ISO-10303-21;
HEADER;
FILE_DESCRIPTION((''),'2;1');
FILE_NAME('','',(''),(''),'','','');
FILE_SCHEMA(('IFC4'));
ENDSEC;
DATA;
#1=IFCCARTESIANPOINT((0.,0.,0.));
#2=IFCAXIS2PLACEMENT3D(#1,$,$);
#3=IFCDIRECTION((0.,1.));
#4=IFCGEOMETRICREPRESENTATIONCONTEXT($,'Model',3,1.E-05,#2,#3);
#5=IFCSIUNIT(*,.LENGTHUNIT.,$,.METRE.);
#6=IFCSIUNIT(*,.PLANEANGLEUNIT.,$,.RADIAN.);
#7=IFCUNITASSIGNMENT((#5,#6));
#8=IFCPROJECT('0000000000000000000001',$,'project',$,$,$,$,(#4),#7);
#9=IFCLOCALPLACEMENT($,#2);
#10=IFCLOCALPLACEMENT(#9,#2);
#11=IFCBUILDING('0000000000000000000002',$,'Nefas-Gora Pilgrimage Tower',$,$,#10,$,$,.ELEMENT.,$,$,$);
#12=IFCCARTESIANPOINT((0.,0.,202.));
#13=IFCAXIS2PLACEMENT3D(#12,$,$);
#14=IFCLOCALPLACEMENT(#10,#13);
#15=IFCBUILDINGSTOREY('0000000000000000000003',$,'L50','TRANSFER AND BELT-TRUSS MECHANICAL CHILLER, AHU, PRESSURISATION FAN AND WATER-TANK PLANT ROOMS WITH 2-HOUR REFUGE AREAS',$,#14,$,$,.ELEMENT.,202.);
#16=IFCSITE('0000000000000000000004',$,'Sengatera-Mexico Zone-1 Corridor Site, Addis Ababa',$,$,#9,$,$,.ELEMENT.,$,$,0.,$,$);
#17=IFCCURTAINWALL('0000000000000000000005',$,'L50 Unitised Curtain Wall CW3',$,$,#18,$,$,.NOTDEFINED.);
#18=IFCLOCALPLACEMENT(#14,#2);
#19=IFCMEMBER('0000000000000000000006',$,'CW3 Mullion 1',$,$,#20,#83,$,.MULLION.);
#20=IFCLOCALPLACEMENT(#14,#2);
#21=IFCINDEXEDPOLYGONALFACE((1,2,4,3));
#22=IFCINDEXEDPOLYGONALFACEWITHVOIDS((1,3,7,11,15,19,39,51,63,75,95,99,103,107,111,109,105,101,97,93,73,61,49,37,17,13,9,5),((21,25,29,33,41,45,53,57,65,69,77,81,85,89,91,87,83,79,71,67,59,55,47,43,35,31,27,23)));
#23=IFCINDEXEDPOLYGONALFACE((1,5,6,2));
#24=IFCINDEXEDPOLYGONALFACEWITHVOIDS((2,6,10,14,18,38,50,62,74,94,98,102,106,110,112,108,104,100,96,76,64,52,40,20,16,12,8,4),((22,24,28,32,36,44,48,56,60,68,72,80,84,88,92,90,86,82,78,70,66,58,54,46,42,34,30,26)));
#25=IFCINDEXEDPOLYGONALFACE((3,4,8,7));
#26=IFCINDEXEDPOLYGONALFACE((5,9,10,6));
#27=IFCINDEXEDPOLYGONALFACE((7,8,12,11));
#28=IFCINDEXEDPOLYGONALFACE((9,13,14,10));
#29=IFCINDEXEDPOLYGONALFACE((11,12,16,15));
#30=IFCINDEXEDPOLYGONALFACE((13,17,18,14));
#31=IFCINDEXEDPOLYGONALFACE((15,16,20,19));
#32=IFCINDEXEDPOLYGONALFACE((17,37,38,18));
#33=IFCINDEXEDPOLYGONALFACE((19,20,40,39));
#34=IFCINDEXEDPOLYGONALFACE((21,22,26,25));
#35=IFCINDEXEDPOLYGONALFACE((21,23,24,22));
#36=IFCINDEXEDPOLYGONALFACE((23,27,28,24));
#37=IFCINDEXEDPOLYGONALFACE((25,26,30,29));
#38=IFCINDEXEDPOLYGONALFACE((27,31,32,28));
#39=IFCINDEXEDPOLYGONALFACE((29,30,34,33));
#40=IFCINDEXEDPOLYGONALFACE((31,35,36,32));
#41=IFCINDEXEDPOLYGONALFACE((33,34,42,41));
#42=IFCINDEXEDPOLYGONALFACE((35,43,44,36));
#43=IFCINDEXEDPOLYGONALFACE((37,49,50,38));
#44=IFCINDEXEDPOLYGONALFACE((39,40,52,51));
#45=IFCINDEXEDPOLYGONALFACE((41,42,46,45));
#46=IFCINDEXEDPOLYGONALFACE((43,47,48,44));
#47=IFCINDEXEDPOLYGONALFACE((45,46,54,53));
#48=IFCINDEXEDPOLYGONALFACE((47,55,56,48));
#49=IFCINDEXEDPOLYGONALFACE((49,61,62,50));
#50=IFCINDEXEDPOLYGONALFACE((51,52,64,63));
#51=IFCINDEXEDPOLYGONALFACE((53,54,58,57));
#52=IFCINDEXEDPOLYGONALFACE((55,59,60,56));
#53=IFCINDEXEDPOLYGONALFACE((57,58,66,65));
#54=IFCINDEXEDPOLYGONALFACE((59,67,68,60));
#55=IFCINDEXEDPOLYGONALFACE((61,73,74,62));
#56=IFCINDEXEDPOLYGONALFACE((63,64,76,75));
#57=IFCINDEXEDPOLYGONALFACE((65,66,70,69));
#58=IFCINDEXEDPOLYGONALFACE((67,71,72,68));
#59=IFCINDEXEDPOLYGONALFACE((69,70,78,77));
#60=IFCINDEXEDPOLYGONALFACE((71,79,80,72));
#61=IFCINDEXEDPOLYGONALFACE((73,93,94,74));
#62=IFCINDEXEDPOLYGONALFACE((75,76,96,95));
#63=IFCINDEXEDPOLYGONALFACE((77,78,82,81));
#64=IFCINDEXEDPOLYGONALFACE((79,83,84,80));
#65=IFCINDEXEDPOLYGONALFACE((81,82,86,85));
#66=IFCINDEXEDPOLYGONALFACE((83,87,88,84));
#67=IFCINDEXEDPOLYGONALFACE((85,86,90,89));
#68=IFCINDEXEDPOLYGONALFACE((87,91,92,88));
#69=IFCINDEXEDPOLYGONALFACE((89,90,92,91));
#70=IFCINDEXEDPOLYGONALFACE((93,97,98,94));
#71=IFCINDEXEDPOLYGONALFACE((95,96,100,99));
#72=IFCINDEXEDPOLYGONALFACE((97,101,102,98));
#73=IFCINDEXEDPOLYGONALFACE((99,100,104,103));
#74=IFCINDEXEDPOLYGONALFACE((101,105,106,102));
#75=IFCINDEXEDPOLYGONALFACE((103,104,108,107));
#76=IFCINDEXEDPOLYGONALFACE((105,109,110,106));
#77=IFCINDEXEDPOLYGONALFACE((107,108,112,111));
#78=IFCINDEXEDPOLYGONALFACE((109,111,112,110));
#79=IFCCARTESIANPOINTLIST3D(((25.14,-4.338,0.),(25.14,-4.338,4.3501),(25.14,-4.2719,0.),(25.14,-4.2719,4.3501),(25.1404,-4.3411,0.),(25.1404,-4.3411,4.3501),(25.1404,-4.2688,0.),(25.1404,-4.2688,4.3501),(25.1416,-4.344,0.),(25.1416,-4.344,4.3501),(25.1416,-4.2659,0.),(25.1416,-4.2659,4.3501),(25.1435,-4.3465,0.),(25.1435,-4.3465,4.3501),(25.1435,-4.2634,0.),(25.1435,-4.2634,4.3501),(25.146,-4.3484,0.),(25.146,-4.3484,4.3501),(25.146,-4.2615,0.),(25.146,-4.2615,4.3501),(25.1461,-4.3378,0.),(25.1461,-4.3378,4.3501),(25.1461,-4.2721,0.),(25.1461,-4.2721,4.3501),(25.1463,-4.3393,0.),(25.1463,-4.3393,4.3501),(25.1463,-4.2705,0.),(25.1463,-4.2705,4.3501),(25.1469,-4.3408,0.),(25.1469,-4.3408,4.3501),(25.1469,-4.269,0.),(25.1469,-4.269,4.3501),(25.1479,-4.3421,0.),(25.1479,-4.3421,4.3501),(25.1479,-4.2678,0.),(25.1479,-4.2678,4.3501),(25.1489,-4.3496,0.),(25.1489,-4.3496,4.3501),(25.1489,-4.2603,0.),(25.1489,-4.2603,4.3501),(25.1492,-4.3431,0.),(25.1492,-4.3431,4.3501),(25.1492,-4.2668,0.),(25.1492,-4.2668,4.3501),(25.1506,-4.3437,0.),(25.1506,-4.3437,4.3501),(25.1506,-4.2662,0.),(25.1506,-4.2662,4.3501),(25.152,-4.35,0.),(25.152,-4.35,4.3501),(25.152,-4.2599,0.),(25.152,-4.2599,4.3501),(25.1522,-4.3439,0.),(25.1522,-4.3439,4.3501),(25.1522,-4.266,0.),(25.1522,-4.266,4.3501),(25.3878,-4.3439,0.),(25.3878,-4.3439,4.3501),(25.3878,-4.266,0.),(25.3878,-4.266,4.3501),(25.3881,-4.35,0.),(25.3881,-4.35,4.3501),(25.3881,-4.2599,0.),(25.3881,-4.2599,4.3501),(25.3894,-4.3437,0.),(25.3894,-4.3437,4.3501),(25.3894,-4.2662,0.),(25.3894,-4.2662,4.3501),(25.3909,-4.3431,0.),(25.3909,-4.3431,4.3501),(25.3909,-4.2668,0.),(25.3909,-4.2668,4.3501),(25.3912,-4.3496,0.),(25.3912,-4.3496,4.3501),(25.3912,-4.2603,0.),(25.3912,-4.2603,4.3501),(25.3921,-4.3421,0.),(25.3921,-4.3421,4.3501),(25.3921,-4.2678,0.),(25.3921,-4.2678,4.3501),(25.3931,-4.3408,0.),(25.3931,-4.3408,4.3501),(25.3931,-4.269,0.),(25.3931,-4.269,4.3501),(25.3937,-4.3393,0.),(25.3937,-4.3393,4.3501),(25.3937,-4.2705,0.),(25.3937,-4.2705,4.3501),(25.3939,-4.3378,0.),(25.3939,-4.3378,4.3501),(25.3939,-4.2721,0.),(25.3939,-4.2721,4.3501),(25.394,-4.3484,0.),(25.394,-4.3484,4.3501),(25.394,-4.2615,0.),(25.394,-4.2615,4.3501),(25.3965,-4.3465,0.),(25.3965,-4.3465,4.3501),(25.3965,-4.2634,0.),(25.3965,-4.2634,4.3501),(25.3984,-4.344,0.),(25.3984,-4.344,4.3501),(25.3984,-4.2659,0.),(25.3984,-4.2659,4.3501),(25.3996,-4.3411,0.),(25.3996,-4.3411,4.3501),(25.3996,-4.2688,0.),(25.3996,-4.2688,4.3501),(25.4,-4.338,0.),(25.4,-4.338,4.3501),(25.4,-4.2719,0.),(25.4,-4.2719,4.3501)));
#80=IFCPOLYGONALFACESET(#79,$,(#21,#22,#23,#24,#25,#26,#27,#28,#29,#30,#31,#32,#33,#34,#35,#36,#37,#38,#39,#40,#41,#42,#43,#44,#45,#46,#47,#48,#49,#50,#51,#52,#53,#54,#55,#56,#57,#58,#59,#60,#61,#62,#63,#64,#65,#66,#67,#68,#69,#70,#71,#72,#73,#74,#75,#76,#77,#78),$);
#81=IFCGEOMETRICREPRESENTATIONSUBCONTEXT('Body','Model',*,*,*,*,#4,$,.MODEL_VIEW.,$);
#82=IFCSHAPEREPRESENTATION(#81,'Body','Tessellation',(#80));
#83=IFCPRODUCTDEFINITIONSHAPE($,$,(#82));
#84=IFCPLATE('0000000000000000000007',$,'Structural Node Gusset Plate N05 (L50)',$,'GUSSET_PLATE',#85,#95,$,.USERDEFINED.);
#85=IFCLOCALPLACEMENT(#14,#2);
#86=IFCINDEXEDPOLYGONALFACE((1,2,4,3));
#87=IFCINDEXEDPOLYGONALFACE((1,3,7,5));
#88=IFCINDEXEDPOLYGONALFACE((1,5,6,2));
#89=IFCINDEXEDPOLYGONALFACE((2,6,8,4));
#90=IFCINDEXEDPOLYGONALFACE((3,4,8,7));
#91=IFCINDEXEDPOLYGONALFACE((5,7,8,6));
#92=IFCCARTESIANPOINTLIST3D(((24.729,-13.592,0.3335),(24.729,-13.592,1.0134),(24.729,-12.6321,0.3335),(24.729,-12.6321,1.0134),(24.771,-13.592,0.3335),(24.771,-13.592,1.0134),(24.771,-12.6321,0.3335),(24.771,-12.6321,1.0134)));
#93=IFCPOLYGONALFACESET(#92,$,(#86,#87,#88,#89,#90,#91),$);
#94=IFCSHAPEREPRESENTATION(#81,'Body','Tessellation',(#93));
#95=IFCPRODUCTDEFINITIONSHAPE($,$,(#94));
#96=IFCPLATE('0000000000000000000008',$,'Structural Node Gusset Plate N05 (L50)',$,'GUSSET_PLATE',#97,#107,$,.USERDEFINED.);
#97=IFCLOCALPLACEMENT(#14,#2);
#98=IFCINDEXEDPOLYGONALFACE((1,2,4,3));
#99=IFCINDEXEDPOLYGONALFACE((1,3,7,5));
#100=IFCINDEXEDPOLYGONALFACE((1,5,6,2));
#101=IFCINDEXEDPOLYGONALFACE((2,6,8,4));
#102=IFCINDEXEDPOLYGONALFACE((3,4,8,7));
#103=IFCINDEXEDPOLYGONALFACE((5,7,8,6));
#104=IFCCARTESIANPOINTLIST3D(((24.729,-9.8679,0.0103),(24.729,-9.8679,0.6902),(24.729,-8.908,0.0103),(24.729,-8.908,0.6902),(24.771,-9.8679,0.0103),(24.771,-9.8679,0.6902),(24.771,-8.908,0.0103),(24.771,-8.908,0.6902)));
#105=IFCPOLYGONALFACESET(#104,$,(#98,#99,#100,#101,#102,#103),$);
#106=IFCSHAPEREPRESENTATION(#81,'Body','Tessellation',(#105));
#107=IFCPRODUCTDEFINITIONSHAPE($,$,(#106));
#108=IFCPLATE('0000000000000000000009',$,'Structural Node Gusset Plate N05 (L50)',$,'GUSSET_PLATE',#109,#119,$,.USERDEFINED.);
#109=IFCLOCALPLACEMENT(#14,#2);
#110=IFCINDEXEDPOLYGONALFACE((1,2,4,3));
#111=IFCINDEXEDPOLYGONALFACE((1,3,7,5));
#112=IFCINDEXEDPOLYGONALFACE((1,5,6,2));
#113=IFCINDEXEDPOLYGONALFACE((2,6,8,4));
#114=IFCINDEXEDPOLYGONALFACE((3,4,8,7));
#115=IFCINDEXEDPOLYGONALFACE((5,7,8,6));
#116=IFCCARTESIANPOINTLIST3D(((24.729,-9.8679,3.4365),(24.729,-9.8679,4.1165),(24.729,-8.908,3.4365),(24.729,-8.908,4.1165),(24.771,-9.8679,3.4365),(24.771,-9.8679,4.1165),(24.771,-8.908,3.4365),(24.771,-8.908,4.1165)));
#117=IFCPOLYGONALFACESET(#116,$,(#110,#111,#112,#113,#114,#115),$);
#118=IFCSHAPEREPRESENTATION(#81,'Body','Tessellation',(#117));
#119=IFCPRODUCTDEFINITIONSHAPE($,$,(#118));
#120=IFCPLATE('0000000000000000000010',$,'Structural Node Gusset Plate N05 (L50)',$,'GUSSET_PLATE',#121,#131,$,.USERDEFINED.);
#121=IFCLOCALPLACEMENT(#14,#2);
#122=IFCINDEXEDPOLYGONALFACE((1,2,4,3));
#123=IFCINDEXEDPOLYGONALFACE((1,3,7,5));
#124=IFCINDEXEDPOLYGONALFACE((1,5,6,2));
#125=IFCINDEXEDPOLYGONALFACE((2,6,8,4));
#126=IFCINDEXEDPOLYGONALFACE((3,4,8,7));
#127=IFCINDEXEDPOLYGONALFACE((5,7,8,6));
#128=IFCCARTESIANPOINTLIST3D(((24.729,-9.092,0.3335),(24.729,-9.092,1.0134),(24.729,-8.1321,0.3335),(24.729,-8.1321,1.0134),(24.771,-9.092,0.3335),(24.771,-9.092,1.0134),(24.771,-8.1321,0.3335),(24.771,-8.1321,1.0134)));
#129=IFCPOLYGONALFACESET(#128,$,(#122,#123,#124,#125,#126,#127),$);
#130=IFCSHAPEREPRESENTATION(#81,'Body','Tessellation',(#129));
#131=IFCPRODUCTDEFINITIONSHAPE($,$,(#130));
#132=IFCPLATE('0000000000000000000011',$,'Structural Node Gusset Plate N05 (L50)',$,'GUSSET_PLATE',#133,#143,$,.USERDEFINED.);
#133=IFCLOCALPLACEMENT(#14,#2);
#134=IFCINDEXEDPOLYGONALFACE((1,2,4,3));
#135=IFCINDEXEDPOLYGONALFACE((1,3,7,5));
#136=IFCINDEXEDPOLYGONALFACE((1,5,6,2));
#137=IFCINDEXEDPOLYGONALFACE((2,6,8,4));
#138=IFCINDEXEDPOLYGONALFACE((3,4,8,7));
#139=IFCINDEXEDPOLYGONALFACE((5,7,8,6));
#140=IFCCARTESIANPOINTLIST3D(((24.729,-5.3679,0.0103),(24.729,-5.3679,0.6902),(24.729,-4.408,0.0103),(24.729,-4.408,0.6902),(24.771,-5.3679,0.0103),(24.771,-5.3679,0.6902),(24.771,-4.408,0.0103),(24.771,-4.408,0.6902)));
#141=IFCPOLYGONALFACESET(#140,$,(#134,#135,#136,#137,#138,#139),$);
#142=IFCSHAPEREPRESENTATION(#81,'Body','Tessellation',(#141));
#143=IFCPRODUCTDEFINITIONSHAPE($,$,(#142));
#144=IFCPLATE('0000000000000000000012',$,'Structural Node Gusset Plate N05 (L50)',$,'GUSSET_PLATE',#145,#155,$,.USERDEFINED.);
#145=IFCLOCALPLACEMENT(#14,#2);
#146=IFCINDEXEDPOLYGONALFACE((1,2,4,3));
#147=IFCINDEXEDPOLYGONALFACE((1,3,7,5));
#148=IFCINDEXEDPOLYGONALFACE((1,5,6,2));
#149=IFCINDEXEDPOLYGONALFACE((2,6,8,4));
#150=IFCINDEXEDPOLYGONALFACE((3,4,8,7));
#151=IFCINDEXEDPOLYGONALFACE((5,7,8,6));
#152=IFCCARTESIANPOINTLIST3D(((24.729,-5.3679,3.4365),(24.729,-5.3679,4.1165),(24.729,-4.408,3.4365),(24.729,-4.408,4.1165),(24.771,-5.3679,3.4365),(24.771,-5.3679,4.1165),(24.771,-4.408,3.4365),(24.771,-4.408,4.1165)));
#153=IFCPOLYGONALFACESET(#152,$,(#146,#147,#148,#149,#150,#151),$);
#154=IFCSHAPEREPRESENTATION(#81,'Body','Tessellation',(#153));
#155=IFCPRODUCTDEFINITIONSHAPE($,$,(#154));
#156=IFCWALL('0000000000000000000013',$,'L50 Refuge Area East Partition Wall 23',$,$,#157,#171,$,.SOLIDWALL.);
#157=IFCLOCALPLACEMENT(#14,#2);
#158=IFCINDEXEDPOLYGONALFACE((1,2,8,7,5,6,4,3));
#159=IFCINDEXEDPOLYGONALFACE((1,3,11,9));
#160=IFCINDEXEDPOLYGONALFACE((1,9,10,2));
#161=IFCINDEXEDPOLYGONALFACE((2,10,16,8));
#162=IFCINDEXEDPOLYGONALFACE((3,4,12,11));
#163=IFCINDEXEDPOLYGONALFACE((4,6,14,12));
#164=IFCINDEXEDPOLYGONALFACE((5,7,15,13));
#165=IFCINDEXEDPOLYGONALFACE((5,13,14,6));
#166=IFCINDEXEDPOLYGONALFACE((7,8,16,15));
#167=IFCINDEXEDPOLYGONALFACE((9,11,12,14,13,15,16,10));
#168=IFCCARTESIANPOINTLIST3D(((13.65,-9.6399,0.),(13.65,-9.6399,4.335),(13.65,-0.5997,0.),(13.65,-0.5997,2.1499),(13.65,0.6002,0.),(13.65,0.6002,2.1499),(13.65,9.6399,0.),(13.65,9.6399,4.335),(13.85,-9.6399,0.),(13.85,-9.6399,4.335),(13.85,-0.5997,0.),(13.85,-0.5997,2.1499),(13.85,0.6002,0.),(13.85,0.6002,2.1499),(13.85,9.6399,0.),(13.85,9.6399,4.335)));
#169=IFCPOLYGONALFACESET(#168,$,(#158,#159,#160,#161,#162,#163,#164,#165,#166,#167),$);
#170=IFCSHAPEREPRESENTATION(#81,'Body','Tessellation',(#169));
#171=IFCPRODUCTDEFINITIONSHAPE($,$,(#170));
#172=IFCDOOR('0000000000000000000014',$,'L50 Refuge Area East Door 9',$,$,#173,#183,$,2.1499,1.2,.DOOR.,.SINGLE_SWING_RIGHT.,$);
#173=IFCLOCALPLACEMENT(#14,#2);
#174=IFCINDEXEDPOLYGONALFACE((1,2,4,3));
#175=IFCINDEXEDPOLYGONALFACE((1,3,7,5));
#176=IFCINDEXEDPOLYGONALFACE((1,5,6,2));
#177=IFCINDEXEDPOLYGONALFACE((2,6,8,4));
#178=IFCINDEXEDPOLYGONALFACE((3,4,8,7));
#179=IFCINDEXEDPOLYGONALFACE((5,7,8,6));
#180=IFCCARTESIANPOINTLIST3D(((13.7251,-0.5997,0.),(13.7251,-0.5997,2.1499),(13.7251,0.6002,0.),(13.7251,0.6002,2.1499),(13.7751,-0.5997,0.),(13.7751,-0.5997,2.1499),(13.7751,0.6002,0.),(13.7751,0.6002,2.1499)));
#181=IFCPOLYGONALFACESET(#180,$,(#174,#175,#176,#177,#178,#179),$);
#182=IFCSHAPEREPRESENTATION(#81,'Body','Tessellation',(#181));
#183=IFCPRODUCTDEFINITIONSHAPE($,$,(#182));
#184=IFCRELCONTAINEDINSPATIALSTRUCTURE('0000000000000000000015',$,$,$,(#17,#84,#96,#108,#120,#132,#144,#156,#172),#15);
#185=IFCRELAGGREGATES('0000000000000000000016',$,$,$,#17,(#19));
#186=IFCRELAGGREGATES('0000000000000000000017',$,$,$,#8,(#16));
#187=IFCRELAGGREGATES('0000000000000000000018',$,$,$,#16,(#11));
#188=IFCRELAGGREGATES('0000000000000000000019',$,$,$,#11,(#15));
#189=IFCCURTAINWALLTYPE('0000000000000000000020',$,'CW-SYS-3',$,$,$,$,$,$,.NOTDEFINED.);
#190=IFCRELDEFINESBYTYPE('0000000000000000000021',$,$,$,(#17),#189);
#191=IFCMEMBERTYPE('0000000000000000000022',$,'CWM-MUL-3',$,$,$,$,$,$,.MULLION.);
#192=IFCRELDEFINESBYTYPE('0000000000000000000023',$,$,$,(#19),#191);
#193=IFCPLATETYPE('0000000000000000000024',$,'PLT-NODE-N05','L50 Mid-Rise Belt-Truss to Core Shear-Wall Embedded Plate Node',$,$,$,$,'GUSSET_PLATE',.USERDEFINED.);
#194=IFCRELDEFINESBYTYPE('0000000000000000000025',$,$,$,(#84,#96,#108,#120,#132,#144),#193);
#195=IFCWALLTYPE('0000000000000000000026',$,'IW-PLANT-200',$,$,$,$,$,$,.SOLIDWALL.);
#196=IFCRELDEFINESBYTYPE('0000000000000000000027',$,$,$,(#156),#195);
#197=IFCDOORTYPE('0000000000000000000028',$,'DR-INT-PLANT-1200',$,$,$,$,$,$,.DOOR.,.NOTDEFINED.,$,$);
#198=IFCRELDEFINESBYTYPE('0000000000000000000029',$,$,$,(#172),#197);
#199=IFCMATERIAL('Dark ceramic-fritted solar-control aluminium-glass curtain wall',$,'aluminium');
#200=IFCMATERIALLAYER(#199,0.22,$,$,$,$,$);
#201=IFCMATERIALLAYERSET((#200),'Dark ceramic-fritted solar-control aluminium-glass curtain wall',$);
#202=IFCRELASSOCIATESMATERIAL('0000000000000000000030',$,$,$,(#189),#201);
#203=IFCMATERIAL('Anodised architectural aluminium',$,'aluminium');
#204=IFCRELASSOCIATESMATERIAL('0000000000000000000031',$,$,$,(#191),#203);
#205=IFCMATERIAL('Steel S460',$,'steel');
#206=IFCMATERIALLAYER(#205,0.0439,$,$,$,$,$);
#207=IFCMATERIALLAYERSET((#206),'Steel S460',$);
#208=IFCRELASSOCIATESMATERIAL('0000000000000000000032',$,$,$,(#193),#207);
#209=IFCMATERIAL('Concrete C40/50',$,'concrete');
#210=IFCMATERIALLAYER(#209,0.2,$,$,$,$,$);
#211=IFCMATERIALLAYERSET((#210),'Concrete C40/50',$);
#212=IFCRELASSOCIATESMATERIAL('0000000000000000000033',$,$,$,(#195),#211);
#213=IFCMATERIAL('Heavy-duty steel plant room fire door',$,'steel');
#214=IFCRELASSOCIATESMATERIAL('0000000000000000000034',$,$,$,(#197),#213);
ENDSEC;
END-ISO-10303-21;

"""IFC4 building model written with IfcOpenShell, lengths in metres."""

from ifc_helpers import new_model, si_unit, direction, frame, frame_2d, origin, origin_2d, place, context, subcontext, project, spatial, rectangle, hollow_rectangle, extrude, source, transform, mapped, material, layer, layer_set, material_profile, profile_set, type_object, element, fill, aggregate, save


model = new_model("IFC4")

# Units and contexts
model_context = context("Model", 3, precision=1e-05, world=origin(), true_north=direction((0.0, 1.0)))
body_context = subcontext(model_context, "Body", "Model", "MODEL_VIEW")
ifc_project = project(units=[si_unit("LENGTHUNIT", "METRE"), si_unit("PLANEANGLEUNIT", "RADIAN")], contexts=[model_context])

# Site, building, storey
site_placement = place(None, origin())
site = spatial("IfcSite", under=ifc_project, at=site_placement, Name="Sengatera-Mexico Zone-1 Corridor Site, Addis Ababa", CompositionType="ELEMENT", RefElevation=0.0)
building_placement = place(site_placement, origin())
building = spatial("IfcBuilding", under=site, at=building_placement, Name="Nefas-Gora Pilgrimage Tower", CompositionType="ELEMENT")
storey_placement = place(building_placement, frame((0.0, 0.0, 202.0)))
storey = spatial("IfcBuildingStorey", under=building, at=storey_placement, Name="L50", Description="TRANSFER AND BELT-TRUSS MECHANICAL CHILLER, AHU, PRESSURISATION FAN AND WATER-TANK PLANT ROOMS WITH 2-HOUR REFUGE AREAS", CompositionType="ELEMENT", Elevation=202.0)

# Shared definitions
ifc_material_1 = material(Name="Steel S460", Category="steel")

# Curtain wall, member
ifc_material_2 = material(Name="Dark ceramic-fritted solar-control aluminium-glass curtain wall", Category="aluminium")
ifc_layer_1 = layer(ifc_material_2, 0.22)
ifc_layer_set_1 = layer_set([ifc_layer_1], Name="Dark ceramic-fritted solar-control aluminium-glass curtain wall")
curtain_wall_type = type_object("IfcCurtainWallType", Name="CW-SYS-3", PredefinedType="NOTDEFINED", material=ifc_layer_set_1)
curtain_wall_placement = place(storey_placement, origin())
curtain_wall = element("IfcCurtainWall", 1, at=curtain_wall_placement, inside=storey, type_object=curtain_wall_type, Name="L50 Unitised Curtain Wall CW3", PredefinedType="NOTDEFINED")
ifc_material_3 = material(Name="Anodised architectural aluminium", Category="aluminium")
ifc_material_profile_1 = material_profile(ifc_material_3, hollow_rectangle(XDim=0.0901, YDim=0.26, WallThickness=0.0061, InnerFilletRadius=0.0061, OuterFilletRadius=0.012, at=origin_2d()), Name="ALU MULLION 90x260")
ifc_profile_set_1 = profile_set([ifc_material_profile_1], Name="Anodised architectural aluminium")
member_type_1 = type_object("IfcMemberType", Name="CWM-MUL-3", PredefinedType="MULLION", material=ifc_profile_set_1)
shared_shape_1 = source(origin(), body_context, "Body", "SweptSolid", [
    extrude(hollow_rectangle(XDim=0.0901, YDim=0.26, WallThickness=0.0061, InnerFilletRadius=0.0061, OuterFilletRadius=0.012, at=origin_2d()), origin(), (0.0, 0.0, 1.0), 4.3501),
])
member_1_placement = place(storey_placement, frame((25.27, -4.3049, 0.0), z_axis=(0.0, 0.0, 1.0), x_axis=(0.0, 1.0, 0.0)))
member_1 = element("IfcMember", 2, at=member_1_placement, type_object=member_type_1, Name="CW3 Mullion 1", PredefinedType="MULLION", context=body_context, shape_type="MappedRepresentation", body=[
    mapped(shared_shape_1, transform((0.0, 0.0, 0.0), x_axis=(1.0, 0.0, 0.0), y_axis=(0.0, 1.0, 0.0), z_axis=(0.0, 0.0, 1.0), scale=1.0)),
])
aggregate(curtain_wall, [member_1])

# Plates
ifc_layer_2 = layer(ifc_material_1, 0.0439)
ifc_layer_set_2 = layer_set([ifc_layer_2], Name="Steel S460")
plate_type = type_object("IfcPlateType", Name="PLT-NODE-N05", Description="L50 Mid-Rise Belt-Truss to Core Shear-Wall Embedded Plate Node", ElementType="GUSSET_PLATE", PredefinedType="USERDEFINED", material=ifc_layer_set_2)
shared_shape_2 = source(origin(), body_context, "Body", "SweptSolid", [
    extrude(rectangle(XDim=0.96, YDim=0.042, at=origin_2d()), origin(), (0.0, 0.0, 1.0), 0.6799),
])
for number, where, z_axis, x_axis, name in (
    (3, (24.75, -13.1121, 0.3335), (0.0, 0.0, 1.0), (0.0, 1.0, 0.0), "Structural Node Gusset Plate N05 (L50)"),
    (4, (24.75, -9.3879, 0.0103), (0.0, 0.0, 1.0), (0.0, 1.0, 0.0), "Structural Node Gusset Plate N05 (L50)"),
    (5, (24.75, -9.3879, 3.4365), (0.0, 0.0, 1.0), (0.0, 1.0, 0.0), "Structural Node Gusset Plate N05 (L50)"),
    (6, (24.75, -8.6121, 0.3335), (0.0, 0.0, 1.0), (0.0, 1.0, 0.0), "Structural Node Gusset Plate N05 (L50)"),
    (7, (24.75, -4.8879, 0.0103), (0.0, 0.0, 1.0), (0.0, 1.0, 0.0), "Structural Node Gusset Plate N05 (L50)"),
    (8, (24.75, -4.8879, 3.4365), (0.0, 0.0, 1.0), (0.0, 1.0, 0.0), "Structural Node Gusset Plate N05 (L50)"),
):
    element("IfcPlate", number, at=place(storey_placement, frame(where, z_axis=z_axis, x_axis=x_axis)), inside=storey, type_object=plate_type, Name=name, ObjectType="GUSSET_PLATE", PredefinedType="USERDEFINED", context=body_context, shape_type="MappedRepresentation", body=[
        mapped(shared_shape_2, transform((0.0, 0.0, 0.0), x_axis=(1.0, 0.0, 0.0), y_axis=(0.0, 1.0, 0.0), z_axis=(0.0, 0.0, 1.0), scale=1.0)),
    ])

# Wall, opening, door
shared_shape_3 = source(origin(), body_context, "Body", "SweptSolid", [
    extrude(rectangle(XDim=1.2, YDim=2.1499, at=frame_2d((0.6001, 1.075))), frame((0.0, 0.0249, 0.0), z_axis=(0.0, -1.0, 0.0), x_axis=(1.0, 0.0, 0.0)), (0.0, 0.0, 1.0), 0.05),
])
ifc_material_4 = material(Name="Concrete C40/50", Category="concrete")
ifc_layer_3 = layer(ifc_material_4, 0.2)
ifc_layer_set_3 = layer_set([ifc_layer_3], Name="Concrete C40/50")
wall_type_1 = type_object("IfcWallType", Name="IW-PLANT-200", PredefinedType="SOLIDWALL", material=ifc_layer_set_3)
shared_shape_4 = source(origin(), body_context, "Body", "SweptSolid", [
    extrude(rectangle(XDim=19.2798, YDim=0.2, at=frame_2d((9.6399, 0.0))), origin(), (0.0, 0.0, 1.0), 4.335),
])
wall_1_placement = place(storey_placement, frame((13.75, -9.6399, 0.0), z_axis=(0.0, 0.0, 1.0), x_axis=(0.0, 1.0, 0.0)))
wall_1 = element("IfcWall", 9, at=wall_1_placement, inside=storey, type_object=wall_type_1, Name="L50 Refuge Area East Partition Wall 23", PredefinedType="SOLIDWALL", context=body_context, shape_type="MappedRepresentation", body=[
    mapped(shared_shape_4, transform((0.0, 0.0, 0.0), x_axis=(1.0, 0.0, 0.0), y_axis=(0.0, 1.0, 0.0), z_axis=(0.0, 0.0, 1.0), scale=1.0)),
])
opening_1_placement = place(wall_1_placement, frame((9.04, 0.0, 0.0)))
opening_1 = element("IfcOpeningElement", 10, at=opening_1_placement, cuts=wall_1, PredefinedType="OPENING", context=body_context, shape_type="SweptSolid", body=[
    extrude(rectangle(XDim=1.2, YDim=2.1499, at=frame_2d((0.6001, 1.075))), frame((0.0, 0.1099, 0.0), z_axis=(0.0, -1.0, 0.0), x_axis=(1.0, 0.0, 0.0)), (0.0, 0.0, 1.0), 0.22),
])
ifc_material_5 = material(Name="Heavy-duty steel plant room fire door", Category="steel")
door_type_1 = type_object("IfcDoorType", Name="DR-INT-PLANT-1200", OperationType="NOTDEFINED", PredefinedType="DOOR", material=ifc_material_5)
door_1_placement = place(opening_1_placement, origin())
door_1 = element("IfcDoor", 11, at=door_1_placement, inside=storey, type_object=door_type_1, Name="L50 Refuge Area East Door 9", OperationType="SINGLE_SWING_RIGHT", OverallHeight=2.1499, OverallWidth=1.2, PredefinedType="DOOR", context=body_context, shape_type="MappedRepresentation", body=[
    mapped(shared_shape_3, transform((0.0, 0.0, 0.0), x_axis=(1.0, 0.0, 0.0), y_axis=(0.0, 1.0, 0.0), z_axis=(0.0, 0.0, 1.0), scale=1.0)),
])
fill(opening_1, door_1)

save(model, "model.ifc")
